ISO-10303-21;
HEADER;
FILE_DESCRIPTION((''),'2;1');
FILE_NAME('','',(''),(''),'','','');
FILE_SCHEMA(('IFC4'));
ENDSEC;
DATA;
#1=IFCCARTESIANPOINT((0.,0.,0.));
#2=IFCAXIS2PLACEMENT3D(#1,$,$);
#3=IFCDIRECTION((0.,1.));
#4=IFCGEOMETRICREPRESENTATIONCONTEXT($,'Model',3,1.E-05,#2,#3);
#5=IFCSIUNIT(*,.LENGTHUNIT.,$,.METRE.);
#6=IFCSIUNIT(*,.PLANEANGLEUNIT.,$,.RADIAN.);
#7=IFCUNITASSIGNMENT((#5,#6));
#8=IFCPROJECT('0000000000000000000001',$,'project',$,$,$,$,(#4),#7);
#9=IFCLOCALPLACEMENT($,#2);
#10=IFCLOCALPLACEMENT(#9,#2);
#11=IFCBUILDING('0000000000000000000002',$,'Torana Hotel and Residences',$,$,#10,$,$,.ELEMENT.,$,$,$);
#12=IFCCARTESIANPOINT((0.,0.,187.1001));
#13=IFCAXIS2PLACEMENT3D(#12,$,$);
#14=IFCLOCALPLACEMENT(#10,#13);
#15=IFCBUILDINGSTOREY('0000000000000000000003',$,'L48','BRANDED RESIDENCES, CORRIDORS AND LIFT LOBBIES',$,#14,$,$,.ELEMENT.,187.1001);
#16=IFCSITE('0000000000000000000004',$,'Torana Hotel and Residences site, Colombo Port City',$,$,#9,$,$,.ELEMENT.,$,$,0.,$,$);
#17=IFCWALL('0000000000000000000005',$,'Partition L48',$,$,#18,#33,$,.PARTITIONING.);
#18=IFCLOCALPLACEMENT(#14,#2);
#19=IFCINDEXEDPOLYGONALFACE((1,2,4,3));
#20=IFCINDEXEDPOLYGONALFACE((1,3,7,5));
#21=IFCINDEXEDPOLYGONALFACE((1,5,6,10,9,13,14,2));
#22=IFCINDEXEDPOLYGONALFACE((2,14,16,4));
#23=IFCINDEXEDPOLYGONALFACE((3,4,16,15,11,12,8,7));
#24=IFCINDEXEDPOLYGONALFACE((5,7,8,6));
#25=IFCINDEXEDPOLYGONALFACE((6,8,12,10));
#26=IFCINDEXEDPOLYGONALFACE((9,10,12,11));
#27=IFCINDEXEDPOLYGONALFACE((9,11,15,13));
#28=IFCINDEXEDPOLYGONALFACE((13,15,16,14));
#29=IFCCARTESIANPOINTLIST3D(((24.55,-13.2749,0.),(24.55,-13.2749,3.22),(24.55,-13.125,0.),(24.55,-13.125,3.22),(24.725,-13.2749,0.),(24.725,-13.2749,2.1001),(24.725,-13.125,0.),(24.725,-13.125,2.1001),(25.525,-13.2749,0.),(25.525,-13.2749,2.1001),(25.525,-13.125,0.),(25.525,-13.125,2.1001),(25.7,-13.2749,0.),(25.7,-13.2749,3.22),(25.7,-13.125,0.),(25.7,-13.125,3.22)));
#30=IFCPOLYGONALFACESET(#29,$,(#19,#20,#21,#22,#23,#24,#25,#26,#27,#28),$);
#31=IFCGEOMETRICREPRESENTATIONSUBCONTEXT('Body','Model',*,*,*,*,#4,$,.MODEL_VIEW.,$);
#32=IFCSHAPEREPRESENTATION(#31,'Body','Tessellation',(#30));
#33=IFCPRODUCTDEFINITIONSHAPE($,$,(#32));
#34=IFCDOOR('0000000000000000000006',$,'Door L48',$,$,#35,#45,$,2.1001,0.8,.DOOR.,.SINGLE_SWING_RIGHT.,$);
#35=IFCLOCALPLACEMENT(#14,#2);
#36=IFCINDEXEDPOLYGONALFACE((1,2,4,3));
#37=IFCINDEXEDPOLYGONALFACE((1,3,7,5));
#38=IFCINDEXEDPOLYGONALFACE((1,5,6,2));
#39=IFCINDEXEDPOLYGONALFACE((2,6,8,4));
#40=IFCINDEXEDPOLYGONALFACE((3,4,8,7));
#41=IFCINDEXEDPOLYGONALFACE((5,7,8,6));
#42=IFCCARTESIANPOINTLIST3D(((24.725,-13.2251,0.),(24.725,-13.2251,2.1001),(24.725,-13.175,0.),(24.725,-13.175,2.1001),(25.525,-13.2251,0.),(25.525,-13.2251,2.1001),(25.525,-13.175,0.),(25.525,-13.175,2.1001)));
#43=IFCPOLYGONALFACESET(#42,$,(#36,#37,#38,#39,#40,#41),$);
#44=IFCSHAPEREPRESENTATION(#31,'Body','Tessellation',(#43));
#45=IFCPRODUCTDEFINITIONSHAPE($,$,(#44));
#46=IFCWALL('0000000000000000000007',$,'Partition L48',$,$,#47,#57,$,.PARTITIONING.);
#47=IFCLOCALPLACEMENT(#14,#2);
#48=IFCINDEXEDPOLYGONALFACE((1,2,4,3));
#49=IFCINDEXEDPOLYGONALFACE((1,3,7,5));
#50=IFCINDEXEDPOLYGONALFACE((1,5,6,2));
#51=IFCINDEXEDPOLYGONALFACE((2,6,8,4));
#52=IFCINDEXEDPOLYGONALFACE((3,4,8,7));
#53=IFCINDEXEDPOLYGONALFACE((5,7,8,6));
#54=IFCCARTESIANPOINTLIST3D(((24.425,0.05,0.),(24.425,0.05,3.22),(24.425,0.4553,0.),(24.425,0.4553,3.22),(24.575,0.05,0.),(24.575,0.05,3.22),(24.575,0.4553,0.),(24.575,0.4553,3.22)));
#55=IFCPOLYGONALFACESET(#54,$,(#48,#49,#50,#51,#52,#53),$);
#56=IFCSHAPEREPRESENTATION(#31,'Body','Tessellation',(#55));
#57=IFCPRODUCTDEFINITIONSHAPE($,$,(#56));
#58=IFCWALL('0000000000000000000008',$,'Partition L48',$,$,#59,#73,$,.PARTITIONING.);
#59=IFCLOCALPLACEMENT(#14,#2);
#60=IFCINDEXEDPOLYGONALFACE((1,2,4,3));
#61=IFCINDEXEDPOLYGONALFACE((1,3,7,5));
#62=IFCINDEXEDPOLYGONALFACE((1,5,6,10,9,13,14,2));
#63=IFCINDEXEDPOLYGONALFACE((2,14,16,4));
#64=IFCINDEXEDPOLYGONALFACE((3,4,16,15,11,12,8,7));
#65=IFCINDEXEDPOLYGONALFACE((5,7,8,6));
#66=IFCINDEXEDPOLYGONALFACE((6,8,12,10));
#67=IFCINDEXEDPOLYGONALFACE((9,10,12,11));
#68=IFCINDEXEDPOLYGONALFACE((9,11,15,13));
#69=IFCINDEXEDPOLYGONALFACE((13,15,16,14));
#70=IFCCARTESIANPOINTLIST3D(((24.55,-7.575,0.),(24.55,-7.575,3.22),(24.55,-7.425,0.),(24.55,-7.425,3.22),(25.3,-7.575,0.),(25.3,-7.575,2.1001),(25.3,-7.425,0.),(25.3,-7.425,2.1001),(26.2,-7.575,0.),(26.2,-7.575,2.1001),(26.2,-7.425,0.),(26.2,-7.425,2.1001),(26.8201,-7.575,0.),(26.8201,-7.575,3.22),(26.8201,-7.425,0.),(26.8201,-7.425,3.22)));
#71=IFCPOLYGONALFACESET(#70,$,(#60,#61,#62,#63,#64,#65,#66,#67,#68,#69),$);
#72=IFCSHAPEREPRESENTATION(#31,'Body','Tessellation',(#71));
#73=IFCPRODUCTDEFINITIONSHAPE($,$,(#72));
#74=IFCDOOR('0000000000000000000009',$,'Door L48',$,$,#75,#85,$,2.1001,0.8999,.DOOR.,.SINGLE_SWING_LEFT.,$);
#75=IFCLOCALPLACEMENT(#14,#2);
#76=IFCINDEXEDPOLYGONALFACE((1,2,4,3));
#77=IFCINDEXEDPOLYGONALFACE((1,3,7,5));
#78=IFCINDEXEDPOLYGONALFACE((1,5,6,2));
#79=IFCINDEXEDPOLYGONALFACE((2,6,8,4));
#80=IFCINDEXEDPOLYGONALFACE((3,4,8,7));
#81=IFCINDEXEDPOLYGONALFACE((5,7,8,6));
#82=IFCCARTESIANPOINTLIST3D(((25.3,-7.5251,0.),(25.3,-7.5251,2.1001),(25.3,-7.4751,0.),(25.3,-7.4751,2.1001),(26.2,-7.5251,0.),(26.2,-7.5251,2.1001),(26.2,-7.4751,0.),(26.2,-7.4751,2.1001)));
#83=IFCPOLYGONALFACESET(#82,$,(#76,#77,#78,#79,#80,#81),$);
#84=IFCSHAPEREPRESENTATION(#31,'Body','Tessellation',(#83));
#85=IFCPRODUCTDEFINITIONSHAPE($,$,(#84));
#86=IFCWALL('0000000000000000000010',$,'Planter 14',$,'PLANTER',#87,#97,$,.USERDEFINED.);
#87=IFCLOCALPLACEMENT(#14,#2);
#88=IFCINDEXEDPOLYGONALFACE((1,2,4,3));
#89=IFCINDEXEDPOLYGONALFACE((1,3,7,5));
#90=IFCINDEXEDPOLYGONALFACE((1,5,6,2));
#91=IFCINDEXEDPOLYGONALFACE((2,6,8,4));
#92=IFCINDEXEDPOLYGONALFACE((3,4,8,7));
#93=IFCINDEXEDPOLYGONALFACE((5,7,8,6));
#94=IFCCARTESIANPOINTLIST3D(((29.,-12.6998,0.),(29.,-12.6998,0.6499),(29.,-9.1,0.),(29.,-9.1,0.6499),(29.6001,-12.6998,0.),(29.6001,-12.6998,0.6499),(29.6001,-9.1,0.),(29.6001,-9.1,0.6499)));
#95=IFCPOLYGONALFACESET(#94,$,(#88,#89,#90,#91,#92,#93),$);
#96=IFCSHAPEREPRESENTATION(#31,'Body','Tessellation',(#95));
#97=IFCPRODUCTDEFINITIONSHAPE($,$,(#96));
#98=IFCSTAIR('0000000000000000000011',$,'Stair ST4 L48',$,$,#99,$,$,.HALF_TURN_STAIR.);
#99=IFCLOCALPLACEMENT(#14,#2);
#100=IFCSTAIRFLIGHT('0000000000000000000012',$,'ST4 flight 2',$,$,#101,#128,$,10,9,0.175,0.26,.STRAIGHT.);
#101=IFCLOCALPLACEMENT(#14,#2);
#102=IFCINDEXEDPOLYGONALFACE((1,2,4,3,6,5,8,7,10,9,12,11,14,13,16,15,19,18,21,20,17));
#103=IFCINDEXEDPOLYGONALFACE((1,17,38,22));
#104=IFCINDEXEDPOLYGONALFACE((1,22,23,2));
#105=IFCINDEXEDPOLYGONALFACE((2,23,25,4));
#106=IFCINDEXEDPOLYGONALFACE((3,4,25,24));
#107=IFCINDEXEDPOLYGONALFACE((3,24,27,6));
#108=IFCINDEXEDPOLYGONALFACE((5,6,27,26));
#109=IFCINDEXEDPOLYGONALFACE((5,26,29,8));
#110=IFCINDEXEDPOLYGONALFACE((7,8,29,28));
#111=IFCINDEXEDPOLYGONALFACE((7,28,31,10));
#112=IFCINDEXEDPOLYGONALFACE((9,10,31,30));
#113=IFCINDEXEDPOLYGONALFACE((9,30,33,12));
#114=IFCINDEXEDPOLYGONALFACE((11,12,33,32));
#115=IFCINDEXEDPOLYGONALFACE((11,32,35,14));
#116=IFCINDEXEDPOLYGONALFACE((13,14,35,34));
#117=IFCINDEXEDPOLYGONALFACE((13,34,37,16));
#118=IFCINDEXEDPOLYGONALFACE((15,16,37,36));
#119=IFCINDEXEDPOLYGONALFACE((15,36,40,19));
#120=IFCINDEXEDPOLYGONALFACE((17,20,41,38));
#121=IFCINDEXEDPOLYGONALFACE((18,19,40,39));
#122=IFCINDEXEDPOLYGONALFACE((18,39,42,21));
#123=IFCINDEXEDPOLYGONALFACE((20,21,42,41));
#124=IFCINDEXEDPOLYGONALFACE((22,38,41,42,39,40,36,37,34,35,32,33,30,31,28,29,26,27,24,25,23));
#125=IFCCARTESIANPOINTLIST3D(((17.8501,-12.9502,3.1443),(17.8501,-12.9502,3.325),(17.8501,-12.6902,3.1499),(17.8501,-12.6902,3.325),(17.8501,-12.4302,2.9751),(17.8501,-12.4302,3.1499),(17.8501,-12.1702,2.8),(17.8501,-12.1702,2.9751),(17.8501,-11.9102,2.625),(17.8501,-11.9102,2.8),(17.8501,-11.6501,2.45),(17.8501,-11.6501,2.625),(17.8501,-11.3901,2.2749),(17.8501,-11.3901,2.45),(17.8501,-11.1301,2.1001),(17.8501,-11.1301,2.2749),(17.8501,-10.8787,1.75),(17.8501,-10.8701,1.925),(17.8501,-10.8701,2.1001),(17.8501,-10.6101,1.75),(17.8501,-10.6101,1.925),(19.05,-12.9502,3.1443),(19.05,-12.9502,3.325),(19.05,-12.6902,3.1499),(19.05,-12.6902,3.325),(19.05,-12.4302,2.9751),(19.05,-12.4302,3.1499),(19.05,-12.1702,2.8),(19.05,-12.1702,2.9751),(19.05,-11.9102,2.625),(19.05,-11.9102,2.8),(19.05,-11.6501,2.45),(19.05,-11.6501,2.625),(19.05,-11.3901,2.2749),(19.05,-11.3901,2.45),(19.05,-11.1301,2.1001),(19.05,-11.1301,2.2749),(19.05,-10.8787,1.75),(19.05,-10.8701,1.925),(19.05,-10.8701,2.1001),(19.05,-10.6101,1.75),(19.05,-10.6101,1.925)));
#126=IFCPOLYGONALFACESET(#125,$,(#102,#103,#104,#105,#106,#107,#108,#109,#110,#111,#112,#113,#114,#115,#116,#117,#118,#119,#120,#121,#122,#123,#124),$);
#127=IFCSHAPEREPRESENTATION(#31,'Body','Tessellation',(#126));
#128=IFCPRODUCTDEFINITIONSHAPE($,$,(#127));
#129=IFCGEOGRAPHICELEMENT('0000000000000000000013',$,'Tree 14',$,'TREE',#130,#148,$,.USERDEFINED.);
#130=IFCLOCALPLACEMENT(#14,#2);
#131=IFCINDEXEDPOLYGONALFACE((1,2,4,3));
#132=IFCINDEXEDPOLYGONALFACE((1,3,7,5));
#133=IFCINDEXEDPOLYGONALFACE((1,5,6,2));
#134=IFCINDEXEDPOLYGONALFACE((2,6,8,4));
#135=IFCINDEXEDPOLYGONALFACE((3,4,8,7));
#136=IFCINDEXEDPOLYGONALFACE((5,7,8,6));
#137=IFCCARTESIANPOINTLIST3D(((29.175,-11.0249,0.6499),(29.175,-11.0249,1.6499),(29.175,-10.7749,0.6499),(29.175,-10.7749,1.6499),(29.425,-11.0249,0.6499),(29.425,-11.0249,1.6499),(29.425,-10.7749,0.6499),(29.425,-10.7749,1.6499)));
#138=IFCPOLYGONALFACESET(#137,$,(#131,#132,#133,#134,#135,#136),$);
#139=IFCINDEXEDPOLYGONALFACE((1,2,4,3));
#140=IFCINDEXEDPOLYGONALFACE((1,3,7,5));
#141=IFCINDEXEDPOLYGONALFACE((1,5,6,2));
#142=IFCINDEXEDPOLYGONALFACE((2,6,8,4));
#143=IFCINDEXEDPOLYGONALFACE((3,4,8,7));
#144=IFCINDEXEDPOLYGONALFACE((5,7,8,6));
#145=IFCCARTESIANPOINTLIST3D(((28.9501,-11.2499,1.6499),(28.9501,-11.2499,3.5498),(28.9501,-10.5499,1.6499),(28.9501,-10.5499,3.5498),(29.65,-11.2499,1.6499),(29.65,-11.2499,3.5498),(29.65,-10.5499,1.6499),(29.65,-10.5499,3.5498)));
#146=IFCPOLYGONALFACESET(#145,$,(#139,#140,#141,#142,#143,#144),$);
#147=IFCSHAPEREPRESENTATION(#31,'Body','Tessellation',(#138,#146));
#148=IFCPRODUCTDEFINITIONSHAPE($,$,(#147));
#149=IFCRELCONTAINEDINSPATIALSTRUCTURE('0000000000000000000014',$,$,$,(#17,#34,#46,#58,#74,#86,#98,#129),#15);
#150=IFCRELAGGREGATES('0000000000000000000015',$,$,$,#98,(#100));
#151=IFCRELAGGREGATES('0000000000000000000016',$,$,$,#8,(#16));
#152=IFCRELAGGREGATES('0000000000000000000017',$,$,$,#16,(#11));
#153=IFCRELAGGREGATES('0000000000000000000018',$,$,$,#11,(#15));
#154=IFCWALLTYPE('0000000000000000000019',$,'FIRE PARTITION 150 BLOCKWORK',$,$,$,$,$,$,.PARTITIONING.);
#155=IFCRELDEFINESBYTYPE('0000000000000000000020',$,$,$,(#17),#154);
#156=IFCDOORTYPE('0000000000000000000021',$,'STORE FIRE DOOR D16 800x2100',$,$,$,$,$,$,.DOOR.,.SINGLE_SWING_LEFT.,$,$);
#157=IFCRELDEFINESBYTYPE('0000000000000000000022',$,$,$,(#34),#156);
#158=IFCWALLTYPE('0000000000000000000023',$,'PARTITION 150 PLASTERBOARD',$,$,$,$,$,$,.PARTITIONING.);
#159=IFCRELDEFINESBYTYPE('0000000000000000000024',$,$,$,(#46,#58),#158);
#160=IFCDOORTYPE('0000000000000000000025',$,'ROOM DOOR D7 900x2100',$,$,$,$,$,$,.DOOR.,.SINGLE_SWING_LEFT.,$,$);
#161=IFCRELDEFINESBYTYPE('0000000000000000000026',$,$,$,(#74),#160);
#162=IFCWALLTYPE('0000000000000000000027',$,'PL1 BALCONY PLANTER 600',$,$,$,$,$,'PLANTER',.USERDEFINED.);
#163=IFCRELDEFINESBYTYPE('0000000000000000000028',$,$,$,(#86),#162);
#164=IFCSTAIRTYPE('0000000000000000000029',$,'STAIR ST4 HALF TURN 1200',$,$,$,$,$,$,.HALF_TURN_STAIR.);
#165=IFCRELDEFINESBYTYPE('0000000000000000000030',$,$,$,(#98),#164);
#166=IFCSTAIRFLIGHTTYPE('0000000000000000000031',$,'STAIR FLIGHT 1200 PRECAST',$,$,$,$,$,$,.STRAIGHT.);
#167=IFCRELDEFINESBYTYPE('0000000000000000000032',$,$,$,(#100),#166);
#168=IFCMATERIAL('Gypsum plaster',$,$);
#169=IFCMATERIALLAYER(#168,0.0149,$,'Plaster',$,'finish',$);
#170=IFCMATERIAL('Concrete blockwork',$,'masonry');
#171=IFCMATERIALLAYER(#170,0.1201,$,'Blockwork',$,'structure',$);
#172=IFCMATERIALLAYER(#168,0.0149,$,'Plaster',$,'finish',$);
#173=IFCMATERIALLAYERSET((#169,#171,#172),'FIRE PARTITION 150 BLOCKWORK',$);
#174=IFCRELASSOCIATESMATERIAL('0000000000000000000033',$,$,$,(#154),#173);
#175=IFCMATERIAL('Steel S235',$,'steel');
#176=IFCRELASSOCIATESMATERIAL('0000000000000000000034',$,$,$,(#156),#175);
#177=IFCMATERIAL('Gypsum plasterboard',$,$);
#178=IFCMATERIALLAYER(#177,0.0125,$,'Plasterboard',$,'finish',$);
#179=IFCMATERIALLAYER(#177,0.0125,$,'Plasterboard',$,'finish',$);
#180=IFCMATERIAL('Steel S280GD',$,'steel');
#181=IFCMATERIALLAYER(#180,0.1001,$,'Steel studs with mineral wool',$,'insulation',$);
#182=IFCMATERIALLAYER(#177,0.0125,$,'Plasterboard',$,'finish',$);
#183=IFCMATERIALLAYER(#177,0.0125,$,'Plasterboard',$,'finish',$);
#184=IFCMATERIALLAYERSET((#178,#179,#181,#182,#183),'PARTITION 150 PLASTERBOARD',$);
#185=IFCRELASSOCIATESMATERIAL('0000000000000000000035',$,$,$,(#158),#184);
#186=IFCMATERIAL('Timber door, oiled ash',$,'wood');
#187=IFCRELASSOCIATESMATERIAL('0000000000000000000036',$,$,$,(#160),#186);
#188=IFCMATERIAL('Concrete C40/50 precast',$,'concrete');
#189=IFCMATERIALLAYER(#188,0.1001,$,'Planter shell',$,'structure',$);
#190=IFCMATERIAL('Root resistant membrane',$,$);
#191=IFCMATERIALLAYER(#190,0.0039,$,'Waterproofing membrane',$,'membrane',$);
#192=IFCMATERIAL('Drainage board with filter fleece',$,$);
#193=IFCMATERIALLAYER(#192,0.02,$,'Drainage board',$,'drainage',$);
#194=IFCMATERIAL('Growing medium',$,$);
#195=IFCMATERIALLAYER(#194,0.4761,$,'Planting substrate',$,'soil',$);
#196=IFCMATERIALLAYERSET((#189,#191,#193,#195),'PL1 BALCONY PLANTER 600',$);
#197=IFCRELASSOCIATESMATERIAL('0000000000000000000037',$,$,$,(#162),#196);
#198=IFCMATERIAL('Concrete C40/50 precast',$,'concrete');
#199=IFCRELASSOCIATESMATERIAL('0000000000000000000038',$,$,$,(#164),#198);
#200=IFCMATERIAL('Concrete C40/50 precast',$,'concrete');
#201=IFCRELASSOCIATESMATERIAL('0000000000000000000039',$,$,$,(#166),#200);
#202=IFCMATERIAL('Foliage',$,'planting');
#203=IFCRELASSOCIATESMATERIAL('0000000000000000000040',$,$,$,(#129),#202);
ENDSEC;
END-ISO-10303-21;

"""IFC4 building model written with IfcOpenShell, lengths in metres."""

from ifc_helpers import new_model, si_unit, direction, frame, frame_2d, origin, origin_2d, place, context, subcontext, project, spatial, polyline, rectangle, outline, extrude, material, layer, layer_set, type_object, element, fill, aggregate, save


model = new_model("IFC4")

# Units and contexts
model_context = context("Model", 3, precision=1e-05, world=origin(), true_north=direction((0.0, 1.0)))
body_context = subcontext(model_context, "Body", "Model", "MODEL_VIEW")
ifc_project = project(units=[si_unit("LENGTHUNIT", "METRE"), si_unit("PLANEANGLEUNIT", "RADIAN")], contexts=[model_context])

# Site, building, storey
site_placement = place(None, origin())
site = spatial("IfcSite", under=ifc_project, at=site_placement, Name="Torana Hotel and Residences site, Colombo Port City", CompositionType="ELEMENT", RefElevation=0.0)
building_placement = place(site_placement, origin())
building = spatial("IfcBuilding", under=site, at=building_placement, Name="Torana Hotel and Residences", CompositionType="ELEMENT")
storey_placement = place(building_placement, frame((0.0, 0.0, 187.1001)))
storey = spatial("IfcBuildingStorey", under=building, at=storey_placement, Name="L48", Description="BRANDED RESIDENCES, CORRIDORS AND LIFT LOBBIES", CompositionType="ELEMENT", Elevation=187.1001)

# Shared definitions
ifc_material_1 = material(Name="Steel S280GD", Category="steel")

# Shared definitions
ifc_material_2 = material(Name="Concrete C40/50 precast", Category="concrete")

# Wall, opening, door
ifc_material_3 = material(Name="Gypsum plaster")
ifc_layer_1 = layer(ifc_material_3, 0.0149, Name="Plaster", Category="finish")
ifc_material_4 = material(Name="Concrete blockwork", Category="masonry")
ifc_layer_2 = layer(ifc_material_4, 0.1201, Name="Blockwork", Category="structure")
ifc_layer_3 = layer(ifc_material_3, 0.0149, Name="Plaster", Category="finish")
ifc_layer_set_1 = layer_set([ifc_layer_1, ifc_layer_2, ifc_layer_3], Name="FIRE PARTITION 150 BLOCKWORK")
wall_type_1 = type_object("IfcWallType", Name="FIRE PARTITION 150 BLOCKWORK", PredefinedType="PARTITIONING", material=ifc_layer_set_1)
wall_1_placement = place(storey_placement, frame((24.55, -13.2, 0.0), z_axis=(0.0, 0.0, 1.0), x_axis=(1.0, 0.0, 0.0)))
wall_1 = element("IfcWall", 1, at=wall_1_placement, inside=storey, type_object=wall_type_1, Name="Partition L48", PredefinedType="PARTITIONING", context=body_context, shape_type="SweptSolid", body=[
    extrude(rectangle(XDim=1.1499, YDim=0.1499, at=frame_2d((0.575, 0.0))), origin(), (0.0, 0.0, 1.0), 3.22),
])
opening_1_placement = place(wall_1_placement, frame((0.175, 0.0, 0.0)))
opening_1 = element("IfcOpeningElement", 2, at=opening_1_placement, cuts=wall_1, PredefinedType="OPENING", context=body_context, shape_type="SweptSolid", body=[
    extrude(rectangle(XDim=0.8, YDim=2.1001, at=frame_2d((0.3999, 1.05))), frame((0.0, 0.085, 0.0), z_axis=(0.0, -1.0, 0.0), x_axis=(1.0, 0.0, 0.0)), (0.0, 0.0, 1.0), 0.1699),
])
ifc_material_5 = material(Name="Steel S235", Category="steel")
door_type_1 = type_object("IfcDoorType", Name="STORE FIRE DOOR D16 800x2100", OperationType="SINGLE_SWING_LEFT", PredefinedType="DOOR", material=ifc_material_5)
door_1_placement = place(opening_1_placement, origin())
door_1 = element("IfcDoor", 3, at=door_1_placement, inside=storey, type_object=door_type_1, Name="Door L48", OperationType="SINGLE_SWING_RIGHT", OverallHeight=2.1001, OverallWidth=0.8, PredefinedType="DOOR", context=body_context, shape_type="SweptSolid", body=[
    extrude(rectangle(XDim=0.8, YDim=2.1001, at=frame_2d((0.3999, 1.05))), frame((0.0, 0.0249, 0.0), z_axis=(0.0, -1.0, 0.0), x_axis=(1.0, 0.0, 0.0)), (0.0, 0.0, 1.0), 0.05),
])
fill(opening_1, door_1)

# Wall
ifc_material_6 = material(Name="Gypsum plasterboard")
ifc_layer_4 = layer(ifc_material_6, 0.0125, Name="Plasterboard", Category="finish")
ifc_layer_5 = layer(ifc_material_6, 0.0125, Name="Plasterboard", Category="finish")
ifc_layer_6 = layer(ifc_material_1, 0.1001, Name="Steel studs with mineral wool", Category="insulation")
ifc_layer_7 = layer(ifc_material_6, 0.0125, Name="Plasterboard", Category="finish")
ifc_layer_8 = layer(ifc_material_6, 0.0125, Name="Plasterboard", Category="finish")
ifc_layer_set_2 = layer_set([ifc_layer_4, ifc_layer_5, ifc_layer_6, ifc_layer_7, ifc_layer_8], Name="PARTITION 150 PLASTERBOARD")
wall_type_2 = type_object("IfcWallType", Name="PARTITION 150 PLASTERBOARD", PredefinedType="PARTITIONING", material=ifc_layer_set_2)
wall_2_placement = place(storey_placement, frame((24.5, 0.05, 0.0), z_axis=(0.0, 0.0, 1.0), x_axis=(0.0, 1.0, 0.0)))
element("IfcWall", 4, at=wall_2_placement, inside=storey, type_object=wall_type_2, Name="Partition L48", PredefinedType="PARTITIONING", context=body_context, shape_type="SweptSolid", body=[
    extrude(rectangle(XDim=0.4053, YDim=0.1499, at=frame_2d((0.2026, 0.0))), origin(), (0.0, 0.0, 1.0), 3.22),
])

# Wall, opening, door
wall_3_placement = place(storey_placement, frame((24.55, -7.5, 0.0), z_axis=(0.0, 0.0, 1.0), x_axis=(1.0, 0.0, 0.0)))
wall_3 = element("IfcWall", 5, at=wall_3_placement, inside=storey, type_object=wall_type_2, Name="Partition L48", PredefinedType="PARTITIONING", context=body_context, shape_type="SweptSolid", body=[
    extrude(rectangle(XDim=2.27, YDim=0.1499, at=frame_2d((1.135, 0.0))), origin(), (0.0, 0.0, 1.0), 3.22),
])
opening_2_placement = place(wall_3_placement, frame((0.75, 0.0, 0.0)))
opening_2 = element("IfcOpeningElement", 6, at=opening_2_placement, cuts=wall_3, PredefinedType="OPENING", context=body_context, shape_type="SweptSolid", body=[
    extrude(rectangle(XDim=0.8999, YDim=2.1001, at=frame_2d((0.45, 1.05))), frame((0.0, 0.085, 0.0), z_axis=(0.0, -1.0, 0.0), x_axis=(1.0, 0.0, 0.0)), (0.0, 0.0, 1.0), 0.1699),
])
ifc_material_7 = material(Name="Timber door, oiled ash", Category="wood")
door_type_2 = type_object("IfcDoorType", Name="ROOM DOOR D7 900x2100", OperationType="SINGLE_SWING_LEFT", PredefinedType="DOOR", material=ifc_material_7)
door_2_placement = place(opening_2_placement, origin())
door_2 = element("IfcDoor", 7, at=door_2_placement, inside=storey, type_object=door_type_2, Name="Door L48", OperationType="SINGLE_SWING_LEFT", OverallHeight=2.1001, OverallWidth=0.8999, PredefinedType="DOOR", context=body_context, shape_type="SweptSolid", body=[
    extrude(rectangle(XDim=0.8999, YDim=2.1001, at=frame_2d((0.45, 1.05))), frame((0.0, 0.0249, 0.0), z_axis=(0.0, -1.0, 0.0), x_axis=(1.0, 0.0, 0.0)), (0.0, 0.0, 1.0), 0.05),
])
fill(opening_2, door_2)

# Wall
ifc_layer_9 = layer(ifc_material_2, 0.1001, Name="Planter shell", Category="structure")
ifc_material_8 = material(Name="Root resistant membrane")
ifc_layer_10 = layer(ifc_material_8, 0.0039, Name="Waterproofing membrane", Category="membrane")
ifc_material_9 = material(Name="Drainage board with filter fleece")
ifc_layer_11 = layer(ifc_material_9, 0.02, Name="Drainage board", Category="drainage")
ifc_material_10 = material(Name="Growing medium")
ifc_layer_12 = layer(ifc_material_10, 0.4761, Name="Planting substrate", Category="soil")
ifc_layer_set_3 = layer_set([ifc_layer_9, ifc_layer_10, ifc_layer_11, ifc_layer_12], Name="PL1 BALCONY PLANTER 600")
wall_type_3 = type_object("IfcWallType", Name="PL1 BALCONY PLANTER 600", ElementType="PLANTER", PredefinedType="USERDEFINED", material=ifc_layer_set_3)
wall_4_placement = place(storey_placement, frame((29.3, -9.1001, 0.0), z_axis=(0.0, 0.0, 1.0), x_axis=(0.0, -1.0, 0.0)))
element("IfcWall", 8, at=wall_4_placement, inside=storey, type_object=wall_type_3, Name="Planter 14", ObjectType="PLANTER", PredefinedType="USERDEFINED", context=body_context, shape_type="SweptSolid", body=[
    extrude(rectangle(XDim=3.5999, YDim=0.6001, at=frame_2d((1.7998, 0.0))), origin(), (0.0, 0.0, 1.0), 0.6499),
])

# Stair, stair flight
ifc_material_11 = material(Name="Concrete C40/50 precast", Category="concrete")
stair_type = type_object("IfcStairType", Name="STAIR ST4 HALF TURN 1200", PredefinedType="HALF_TURN_STAIR", material=ifc_material_11)
stair_placement = place(storey_placement, origin())
stair = element("IfcStair", 9, at=stair_placement, inside=storey, type_object=stair_type, Name="Stair ST4 L48", PredefinedType="HALF_TURN_STAIR")
ifc_material_12 = material(Name="Concrete C40/50 precast", Category="concrete")
stair_flight_type = type_object("IfcStairFlightType", Name="STAIR FLIGHT 1200 PRECAST", PredefinedType="STRAIGHT", material=ifc_material_12)
stair_flight_placement = place(storey_placement, frame((18.45, -10.6101, 1.75), z_axis=(0.0, 0.0, 1.0), x_axis=(0.0, -1.0, 0.0)))
stair_flight = element("IfcStairFlight", 10, at=stair_flight_placement, type_object=stair_flight_type, Name="ST4 flight 2", NumberOfRisers=10, NumberOfTreads=9, PredefinedType="STRAIGHT", RiserHeight=0.175, TreadLength=0.26, context=body_context, shape_type="SweptSolid", body=[
    extrude(outline(polyline([(0.0, 0.0), (0.0, 0.175), (0.26, 0.175), (0.26, 0.3501), (0.52, 0.3501), (0.52, 0.5249), (0.78, 0.5249), (0.78, 0.7), (1.04, 0.7), (1.04, 0.875), (1.3, 0.875), (1.3, 1.05), (1.5601, 1.05), (1.5601, 1.2251), (1.8201, 1.2251), (1.8201, 1.3999), (2.0801, 1.3999), (2.0801, 1.575), (2.3401, 1.575), (2.3401, 1.75), (2.3401, 1.3943), (0.2686, 0.0), (0.0, 0.0)])), frame((0.0, 0.6001, 0.0), z_axis=(0.0, -1.0, 0.0), x_axis=(1.0, 0.0, 0.0)), (0.0, 0.0, 1.0), 1.2),
])
aggregate(stair, [stair_flight])

# Geographic element
ifc_material_13 = material(Name="Foliage", Category="planting")
geographic_element_placement = place(storey_placement, frame((29.3, -10.8999, 0.6499), z_axis=(0.0, 0.0, 1.0), x_axis=(1.0, 0.0, 0.0)))
element("IfcGeographicElement", 11, at=geographic_element_placement, inside=storey, material=ifc_material_13, Name="Tree 14", ObjectType="TREE", PredefinedType="USERDEFINED", context=body_context, shape_type="SweptSolid", body=[
    extrude(rectangle(XDim=0.25, YDim=0.25, at=origin_2d()), origin(), (0.0, 0.0, 1.0), 1.0),
    extrude(rectangle(XDim=0.7, YDim=0.7, at=origin_2d()), frame((0.0, 0.0, 1.0)), (0.0, 0.0, 1.0), 1.8999),
])

save(model, "model.ifc")
